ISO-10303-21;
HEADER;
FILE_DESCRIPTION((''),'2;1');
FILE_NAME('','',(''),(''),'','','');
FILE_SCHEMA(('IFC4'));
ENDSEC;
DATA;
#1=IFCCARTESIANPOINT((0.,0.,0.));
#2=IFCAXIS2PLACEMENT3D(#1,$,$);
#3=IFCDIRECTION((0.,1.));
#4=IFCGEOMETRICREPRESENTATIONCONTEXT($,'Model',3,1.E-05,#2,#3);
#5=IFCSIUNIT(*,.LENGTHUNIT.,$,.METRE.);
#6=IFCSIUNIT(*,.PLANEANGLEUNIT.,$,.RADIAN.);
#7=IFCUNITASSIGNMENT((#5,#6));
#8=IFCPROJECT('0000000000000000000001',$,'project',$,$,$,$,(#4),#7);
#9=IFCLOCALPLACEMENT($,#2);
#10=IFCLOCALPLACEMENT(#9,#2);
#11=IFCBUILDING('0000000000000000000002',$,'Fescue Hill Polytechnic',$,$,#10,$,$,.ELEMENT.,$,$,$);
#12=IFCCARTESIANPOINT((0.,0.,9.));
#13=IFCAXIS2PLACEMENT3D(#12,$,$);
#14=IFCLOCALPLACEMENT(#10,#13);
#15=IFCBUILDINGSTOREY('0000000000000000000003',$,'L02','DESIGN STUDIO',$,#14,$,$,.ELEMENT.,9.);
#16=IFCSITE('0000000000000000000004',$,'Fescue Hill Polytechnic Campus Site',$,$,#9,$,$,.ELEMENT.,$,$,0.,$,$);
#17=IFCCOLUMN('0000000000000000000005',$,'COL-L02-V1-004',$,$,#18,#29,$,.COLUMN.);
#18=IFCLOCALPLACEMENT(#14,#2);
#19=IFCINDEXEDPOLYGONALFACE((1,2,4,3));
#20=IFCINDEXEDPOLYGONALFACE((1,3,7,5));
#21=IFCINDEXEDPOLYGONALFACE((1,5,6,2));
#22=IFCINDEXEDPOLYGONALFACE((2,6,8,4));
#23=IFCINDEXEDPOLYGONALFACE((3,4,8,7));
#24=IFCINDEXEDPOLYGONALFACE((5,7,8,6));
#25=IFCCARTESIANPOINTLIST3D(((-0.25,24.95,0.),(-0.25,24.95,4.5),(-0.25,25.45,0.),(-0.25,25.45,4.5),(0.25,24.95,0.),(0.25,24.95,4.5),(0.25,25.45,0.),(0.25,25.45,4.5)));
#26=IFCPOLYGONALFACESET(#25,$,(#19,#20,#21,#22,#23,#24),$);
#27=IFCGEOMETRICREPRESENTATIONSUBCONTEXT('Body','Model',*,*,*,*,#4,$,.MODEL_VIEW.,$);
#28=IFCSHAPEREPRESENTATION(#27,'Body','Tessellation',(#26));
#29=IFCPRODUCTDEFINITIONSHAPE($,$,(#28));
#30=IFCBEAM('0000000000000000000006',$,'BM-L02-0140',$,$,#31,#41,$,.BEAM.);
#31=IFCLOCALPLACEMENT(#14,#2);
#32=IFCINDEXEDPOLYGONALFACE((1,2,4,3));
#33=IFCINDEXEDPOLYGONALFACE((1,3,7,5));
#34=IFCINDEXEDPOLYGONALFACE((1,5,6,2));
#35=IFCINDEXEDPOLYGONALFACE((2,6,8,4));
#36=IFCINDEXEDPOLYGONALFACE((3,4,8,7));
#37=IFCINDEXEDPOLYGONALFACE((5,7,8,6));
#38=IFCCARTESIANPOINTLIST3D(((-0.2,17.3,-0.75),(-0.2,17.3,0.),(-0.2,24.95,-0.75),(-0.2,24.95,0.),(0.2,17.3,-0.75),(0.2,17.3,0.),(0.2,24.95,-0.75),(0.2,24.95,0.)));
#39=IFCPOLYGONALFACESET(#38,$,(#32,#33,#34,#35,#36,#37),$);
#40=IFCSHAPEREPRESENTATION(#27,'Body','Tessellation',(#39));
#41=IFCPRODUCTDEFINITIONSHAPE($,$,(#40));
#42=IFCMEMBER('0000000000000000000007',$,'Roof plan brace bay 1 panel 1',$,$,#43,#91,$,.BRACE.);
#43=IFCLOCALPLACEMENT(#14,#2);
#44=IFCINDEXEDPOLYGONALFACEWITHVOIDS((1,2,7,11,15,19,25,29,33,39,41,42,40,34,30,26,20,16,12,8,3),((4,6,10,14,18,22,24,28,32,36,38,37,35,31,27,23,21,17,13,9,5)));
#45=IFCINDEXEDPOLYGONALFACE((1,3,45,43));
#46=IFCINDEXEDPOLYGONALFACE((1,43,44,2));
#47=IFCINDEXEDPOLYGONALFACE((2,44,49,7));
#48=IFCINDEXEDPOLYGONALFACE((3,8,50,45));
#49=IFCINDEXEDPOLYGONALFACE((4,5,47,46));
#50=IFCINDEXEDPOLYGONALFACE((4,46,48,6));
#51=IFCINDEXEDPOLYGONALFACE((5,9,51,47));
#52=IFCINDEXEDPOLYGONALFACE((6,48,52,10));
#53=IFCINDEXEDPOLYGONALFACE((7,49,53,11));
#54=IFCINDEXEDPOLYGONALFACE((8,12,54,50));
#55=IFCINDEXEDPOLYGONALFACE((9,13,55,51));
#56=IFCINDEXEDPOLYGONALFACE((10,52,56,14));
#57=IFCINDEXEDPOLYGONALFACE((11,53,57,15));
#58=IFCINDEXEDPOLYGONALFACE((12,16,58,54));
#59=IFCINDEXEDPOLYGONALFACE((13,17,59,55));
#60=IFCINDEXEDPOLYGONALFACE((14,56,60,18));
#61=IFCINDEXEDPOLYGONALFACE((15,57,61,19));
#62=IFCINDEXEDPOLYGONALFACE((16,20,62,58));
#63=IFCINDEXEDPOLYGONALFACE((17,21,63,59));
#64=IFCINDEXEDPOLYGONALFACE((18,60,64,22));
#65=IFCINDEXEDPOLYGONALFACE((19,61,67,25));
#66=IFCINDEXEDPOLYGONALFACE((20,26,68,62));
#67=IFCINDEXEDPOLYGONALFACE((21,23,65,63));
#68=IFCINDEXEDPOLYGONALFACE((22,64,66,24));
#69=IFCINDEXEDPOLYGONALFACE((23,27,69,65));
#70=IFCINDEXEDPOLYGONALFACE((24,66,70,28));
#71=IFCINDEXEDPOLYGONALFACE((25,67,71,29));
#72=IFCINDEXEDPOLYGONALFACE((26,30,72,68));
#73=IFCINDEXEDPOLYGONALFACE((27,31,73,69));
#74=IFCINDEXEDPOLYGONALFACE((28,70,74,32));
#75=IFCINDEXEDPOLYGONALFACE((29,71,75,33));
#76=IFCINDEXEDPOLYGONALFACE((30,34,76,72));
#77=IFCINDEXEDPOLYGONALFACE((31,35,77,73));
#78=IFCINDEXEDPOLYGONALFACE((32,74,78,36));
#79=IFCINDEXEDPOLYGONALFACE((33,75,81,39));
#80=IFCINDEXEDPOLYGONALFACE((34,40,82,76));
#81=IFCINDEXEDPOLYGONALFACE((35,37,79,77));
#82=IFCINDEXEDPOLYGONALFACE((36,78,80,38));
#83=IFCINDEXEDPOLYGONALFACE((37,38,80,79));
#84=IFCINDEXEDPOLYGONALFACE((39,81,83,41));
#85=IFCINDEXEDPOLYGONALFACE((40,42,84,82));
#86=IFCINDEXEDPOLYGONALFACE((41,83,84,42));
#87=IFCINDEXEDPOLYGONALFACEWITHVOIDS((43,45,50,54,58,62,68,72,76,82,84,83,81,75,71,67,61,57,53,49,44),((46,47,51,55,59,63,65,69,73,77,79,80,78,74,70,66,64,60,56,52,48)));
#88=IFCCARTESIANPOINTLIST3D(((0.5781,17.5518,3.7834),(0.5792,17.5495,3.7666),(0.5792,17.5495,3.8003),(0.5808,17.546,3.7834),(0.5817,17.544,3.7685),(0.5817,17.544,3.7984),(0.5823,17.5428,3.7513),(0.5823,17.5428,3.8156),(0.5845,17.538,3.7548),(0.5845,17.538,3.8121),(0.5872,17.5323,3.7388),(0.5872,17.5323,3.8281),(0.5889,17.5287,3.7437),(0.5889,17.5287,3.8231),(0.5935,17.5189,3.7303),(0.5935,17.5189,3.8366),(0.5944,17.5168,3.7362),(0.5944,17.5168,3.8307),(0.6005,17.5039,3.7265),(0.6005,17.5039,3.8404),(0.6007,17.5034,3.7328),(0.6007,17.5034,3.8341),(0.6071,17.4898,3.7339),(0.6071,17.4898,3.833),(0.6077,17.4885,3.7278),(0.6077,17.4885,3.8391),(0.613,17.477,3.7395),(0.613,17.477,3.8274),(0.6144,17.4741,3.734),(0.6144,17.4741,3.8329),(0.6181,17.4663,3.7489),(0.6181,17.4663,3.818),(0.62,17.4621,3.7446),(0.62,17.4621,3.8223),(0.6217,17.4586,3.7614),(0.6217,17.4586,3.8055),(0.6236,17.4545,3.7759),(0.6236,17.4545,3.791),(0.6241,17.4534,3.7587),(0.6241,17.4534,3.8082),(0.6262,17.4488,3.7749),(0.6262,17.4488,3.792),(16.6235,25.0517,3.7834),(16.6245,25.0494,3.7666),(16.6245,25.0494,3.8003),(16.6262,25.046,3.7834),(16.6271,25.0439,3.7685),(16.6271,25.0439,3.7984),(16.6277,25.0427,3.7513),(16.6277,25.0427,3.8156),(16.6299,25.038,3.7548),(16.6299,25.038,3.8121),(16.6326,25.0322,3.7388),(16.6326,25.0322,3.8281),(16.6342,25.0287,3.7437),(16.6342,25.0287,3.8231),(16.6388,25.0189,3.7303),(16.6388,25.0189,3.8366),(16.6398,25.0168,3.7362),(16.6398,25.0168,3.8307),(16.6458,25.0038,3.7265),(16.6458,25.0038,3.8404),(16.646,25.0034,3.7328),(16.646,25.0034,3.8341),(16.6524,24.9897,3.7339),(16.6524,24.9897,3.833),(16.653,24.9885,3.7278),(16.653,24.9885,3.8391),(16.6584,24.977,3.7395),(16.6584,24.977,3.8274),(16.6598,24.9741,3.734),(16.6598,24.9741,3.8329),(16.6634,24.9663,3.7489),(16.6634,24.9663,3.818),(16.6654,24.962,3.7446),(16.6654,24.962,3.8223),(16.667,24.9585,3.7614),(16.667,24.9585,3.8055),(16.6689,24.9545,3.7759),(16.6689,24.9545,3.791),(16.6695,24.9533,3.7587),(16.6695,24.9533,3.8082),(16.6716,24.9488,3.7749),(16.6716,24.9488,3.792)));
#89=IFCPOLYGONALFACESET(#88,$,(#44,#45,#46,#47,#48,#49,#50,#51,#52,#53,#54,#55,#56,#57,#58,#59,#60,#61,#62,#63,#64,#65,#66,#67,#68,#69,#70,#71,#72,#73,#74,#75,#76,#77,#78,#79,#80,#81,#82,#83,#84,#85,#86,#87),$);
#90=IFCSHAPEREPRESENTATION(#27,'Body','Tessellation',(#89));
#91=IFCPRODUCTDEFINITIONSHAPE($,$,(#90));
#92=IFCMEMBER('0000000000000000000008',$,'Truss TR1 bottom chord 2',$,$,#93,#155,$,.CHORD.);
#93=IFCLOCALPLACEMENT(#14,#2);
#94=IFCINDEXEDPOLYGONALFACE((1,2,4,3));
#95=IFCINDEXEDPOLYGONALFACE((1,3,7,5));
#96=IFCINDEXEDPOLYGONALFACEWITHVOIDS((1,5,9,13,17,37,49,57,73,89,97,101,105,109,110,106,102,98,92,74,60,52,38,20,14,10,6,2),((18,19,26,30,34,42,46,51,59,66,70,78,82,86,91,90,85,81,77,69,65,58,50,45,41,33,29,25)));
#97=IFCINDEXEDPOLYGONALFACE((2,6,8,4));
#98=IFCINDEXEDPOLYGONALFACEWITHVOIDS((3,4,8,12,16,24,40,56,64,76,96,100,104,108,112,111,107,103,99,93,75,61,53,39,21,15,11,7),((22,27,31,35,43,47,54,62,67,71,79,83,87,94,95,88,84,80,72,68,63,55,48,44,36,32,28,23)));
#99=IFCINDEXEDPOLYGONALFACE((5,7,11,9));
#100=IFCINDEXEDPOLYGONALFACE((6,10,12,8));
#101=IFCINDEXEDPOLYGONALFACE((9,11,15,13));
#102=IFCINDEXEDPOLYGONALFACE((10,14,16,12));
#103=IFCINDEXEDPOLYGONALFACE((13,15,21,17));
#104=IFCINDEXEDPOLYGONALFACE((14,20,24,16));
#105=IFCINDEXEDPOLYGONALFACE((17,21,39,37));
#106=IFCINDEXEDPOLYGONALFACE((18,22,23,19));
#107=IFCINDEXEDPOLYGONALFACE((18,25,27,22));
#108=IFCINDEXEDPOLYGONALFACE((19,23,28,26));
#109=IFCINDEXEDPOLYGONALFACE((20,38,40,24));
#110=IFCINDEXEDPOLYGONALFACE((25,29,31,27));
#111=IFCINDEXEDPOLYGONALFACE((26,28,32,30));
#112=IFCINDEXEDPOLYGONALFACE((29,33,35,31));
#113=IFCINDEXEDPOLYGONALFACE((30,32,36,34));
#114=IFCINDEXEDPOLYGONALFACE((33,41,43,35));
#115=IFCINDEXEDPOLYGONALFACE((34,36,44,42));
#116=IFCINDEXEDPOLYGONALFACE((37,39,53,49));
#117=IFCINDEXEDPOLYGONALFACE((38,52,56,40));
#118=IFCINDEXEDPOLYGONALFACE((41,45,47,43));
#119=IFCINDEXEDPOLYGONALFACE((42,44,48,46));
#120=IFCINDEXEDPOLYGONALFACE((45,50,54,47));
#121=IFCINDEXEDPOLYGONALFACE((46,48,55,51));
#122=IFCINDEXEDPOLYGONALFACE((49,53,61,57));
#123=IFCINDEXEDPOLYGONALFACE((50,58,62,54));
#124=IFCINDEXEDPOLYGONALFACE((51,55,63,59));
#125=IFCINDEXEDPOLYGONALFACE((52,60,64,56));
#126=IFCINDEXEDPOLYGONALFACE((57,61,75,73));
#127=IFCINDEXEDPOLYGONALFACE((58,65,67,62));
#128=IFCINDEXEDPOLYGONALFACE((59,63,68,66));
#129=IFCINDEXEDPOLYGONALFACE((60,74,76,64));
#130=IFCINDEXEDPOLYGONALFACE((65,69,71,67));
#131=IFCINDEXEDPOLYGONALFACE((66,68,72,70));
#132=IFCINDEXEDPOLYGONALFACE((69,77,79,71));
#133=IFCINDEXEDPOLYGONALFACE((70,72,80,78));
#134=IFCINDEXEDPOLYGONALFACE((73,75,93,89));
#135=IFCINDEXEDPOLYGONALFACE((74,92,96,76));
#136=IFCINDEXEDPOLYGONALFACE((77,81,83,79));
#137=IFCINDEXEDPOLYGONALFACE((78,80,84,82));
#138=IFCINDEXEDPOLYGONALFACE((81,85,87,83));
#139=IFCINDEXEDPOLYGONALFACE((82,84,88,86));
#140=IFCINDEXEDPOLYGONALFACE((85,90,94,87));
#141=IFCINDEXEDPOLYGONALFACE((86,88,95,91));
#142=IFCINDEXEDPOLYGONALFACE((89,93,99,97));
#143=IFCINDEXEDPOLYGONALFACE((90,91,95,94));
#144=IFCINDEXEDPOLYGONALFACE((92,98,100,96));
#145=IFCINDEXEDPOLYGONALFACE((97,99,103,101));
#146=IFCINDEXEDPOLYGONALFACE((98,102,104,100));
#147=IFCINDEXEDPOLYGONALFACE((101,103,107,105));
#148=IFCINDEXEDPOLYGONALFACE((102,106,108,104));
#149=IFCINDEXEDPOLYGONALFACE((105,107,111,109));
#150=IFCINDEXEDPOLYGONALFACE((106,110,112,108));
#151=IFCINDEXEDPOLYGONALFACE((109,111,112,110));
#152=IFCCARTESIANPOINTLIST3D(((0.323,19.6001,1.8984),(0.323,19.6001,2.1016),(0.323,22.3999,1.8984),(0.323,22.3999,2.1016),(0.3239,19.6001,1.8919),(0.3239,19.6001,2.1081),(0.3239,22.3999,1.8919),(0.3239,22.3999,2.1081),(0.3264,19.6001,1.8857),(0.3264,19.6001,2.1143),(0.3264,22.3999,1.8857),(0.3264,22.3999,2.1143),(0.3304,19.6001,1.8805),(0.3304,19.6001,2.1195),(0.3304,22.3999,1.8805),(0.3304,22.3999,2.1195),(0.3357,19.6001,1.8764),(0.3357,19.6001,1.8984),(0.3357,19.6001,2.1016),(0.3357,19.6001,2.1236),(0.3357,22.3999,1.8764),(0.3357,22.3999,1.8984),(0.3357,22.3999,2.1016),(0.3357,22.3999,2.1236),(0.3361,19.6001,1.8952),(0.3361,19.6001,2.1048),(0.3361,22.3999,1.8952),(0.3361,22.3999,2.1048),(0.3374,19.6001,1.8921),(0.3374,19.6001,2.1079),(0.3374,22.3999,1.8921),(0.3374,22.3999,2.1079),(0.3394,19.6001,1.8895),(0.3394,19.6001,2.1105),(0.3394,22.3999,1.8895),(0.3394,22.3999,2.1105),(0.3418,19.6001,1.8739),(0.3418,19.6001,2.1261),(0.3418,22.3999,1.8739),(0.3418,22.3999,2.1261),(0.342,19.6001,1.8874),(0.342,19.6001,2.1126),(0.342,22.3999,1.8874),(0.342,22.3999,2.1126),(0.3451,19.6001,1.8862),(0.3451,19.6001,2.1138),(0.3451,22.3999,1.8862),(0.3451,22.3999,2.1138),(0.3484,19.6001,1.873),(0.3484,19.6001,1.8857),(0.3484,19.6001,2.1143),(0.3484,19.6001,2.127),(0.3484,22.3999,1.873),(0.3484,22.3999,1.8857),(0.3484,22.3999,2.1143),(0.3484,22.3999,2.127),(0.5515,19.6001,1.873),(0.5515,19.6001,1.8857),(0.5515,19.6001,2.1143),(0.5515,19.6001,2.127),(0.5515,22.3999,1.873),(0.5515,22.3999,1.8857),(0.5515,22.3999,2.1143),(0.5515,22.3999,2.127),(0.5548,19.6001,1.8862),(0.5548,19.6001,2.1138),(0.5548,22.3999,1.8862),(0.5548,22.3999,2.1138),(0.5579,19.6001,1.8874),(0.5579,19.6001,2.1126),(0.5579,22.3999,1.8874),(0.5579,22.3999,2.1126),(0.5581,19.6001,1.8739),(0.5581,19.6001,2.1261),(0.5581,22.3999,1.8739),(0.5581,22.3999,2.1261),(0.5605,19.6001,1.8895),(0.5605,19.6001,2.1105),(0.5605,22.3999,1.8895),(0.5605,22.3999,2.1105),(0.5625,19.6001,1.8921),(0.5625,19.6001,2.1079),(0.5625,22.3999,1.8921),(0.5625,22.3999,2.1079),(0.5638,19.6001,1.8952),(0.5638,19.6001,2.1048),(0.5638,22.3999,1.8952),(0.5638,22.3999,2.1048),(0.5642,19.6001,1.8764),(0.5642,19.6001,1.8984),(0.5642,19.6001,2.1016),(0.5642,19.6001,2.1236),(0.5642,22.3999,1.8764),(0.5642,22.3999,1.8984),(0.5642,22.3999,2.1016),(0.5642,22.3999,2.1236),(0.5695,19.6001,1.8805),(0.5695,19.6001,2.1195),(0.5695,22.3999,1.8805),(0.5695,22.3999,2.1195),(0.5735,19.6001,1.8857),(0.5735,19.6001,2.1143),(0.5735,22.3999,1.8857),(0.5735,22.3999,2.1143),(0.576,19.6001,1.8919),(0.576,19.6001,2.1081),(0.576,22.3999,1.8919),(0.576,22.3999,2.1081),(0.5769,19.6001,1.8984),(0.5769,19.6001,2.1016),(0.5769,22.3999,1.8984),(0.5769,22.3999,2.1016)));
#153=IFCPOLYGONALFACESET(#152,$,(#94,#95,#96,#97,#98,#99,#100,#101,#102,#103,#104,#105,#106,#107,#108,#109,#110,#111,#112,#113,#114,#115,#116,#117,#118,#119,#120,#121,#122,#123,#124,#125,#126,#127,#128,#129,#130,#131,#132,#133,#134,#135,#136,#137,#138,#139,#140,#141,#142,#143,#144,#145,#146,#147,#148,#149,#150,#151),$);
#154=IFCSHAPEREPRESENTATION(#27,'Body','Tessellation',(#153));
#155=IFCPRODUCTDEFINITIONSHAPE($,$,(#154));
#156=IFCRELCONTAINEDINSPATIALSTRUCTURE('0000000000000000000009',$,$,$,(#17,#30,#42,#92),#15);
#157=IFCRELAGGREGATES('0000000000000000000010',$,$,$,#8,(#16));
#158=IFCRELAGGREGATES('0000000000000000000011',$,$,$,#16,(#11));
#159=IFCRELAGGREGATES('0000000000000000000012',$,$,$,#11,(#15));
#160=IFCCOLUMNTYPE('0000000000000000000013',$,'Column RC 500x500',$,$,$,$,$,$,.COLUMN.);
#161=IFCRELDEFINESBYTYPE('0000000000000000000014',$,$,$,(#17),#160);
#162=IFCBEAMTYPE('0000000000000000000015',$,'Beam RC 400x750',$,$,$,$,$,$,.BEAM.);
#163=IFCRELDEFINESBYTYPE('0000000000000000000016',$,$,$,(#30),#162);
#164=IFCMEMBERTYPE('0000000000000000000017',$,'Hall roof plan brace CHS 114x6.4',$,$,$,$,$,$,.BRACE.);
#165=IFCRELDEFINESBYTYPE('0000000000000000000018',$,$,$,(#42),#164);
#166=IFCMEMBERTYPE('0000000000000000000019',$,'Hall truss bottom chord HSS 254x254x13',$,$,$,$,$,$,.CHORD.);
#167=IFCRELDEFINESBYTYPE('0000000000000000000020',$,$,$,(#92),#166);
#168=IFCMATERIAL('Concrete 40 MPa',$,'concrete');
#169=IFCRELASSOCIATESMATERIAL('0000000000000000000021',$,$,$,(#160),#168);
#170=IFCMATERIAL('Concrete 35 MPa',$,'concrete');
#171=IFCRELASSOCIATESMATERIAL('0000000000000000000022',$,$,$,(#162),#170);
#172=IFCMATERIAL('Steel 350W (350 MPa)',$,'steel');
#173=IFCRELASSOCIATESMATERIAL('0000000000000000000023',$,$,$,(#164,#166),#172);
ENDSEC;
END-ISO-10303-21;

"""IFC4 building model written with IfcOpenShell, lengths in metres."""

from ifc_helpers import new_model, si_unit, direction, frame, origin, origin_2d, place, context, subcontext, project, spatial, rectangle, hollow_rectangle, hollow_circle, extrude, material, material_profile, profile_set, type_object, element, save


model = new_model("IFC4")

# Units and contexts
model_context = context("Model", 3, precision=1e-05, world=origin(), true_north=direction((0.0, 1.0)))
body_context = subcontext(model_context, "Body", "Model", "MODEL_VIEW")
ifc_project = project(units=[si_unit("LENGTHUNIT", "METRE"), si_unit("PLANEANGLEUNIT", "RADIAN")], contexts=[model_context])

# Site, building, storey
site_placement = place(None, origin())
site = spatial("IfcSite", under=ifc_project, at=site_placement, Name="Fescue Hill Polytechnic Campus Site", CompositionType="ELEMENT", RefElevation=0.0)
building_placement = place(site_placement, origin())
building = spatial("IfcBuilding", under=site, at=building_placement, Name="Fescue Hill Polytechnic", CompositionType="ELEMENT")
storey_placement = place(building_placement, frame((0.0, 0.0, 9.0)))
storey = spatial("IfcBuildingStorey", under=building, at=storey_placement, Name="L02", Description="DESIGN STUDIO", CompositionType="ELEMENT", Elevation=9.0)

# Column
ifc_material_1 = material(Name="Concrete 40 MPa", Category="concrete")
ifc_material_profile_1 = material_profile(ifc_material_1, rectangle(XDim=0.5, YDim=0.5, at=origin_2d()), Name="RC 500x500")
ifc_profile_set_1 = profile_set([ifc_material_profile_1], Name="Concrete 40 MPa")
column_type = type_object("IfcColumnType", Name="Column RC 500x500", PredefinedType="COLUMN", material=ifc_profile_set_1)
column_placement = place(storey_placement, frame((0.0, 25.2, 0.0), z_axis=(0.0, 0.0, 1.0), x_axis=(1.0, 0.0, 0.0)))
element("IfcColumn", 1, at=column_placement, inside=storey, type_object=column_type, Name="COL-L02-V1-004", PredefinedType="COLUMN", context=body_context, shape_type="SweptSolid", body=[
    extrude(rectangle(XDim=0.5, YDim=0.5, at=origin_2d()), origin(), (0.0, 0.0, 1.0), 4.5),
])

# Beam
ifc_material_2 = material(Name="Concrete 35 MPa", Category="concrete")
ifc_material_profile_2 = material_profile(ifc_material_2, rectangle(XDim=0.3999, YDim=0.75, at=origin_2d()), Name="RC 400x750")
ifc_profile_set_2 = profile_set([ifc_material_profile_2], Name="Concrete 35 MPa")
beam_type_1 = type_object("IfcBeamType", Name="Beam RC 400x750", PredefinedType="BEAM", material=ifc_profile_set_2)
beam_1_placement = place(storey_placement, frame((0.0, 24.95, -0.375), z_axis=(0.0, -1.0, 0.0), x_axis=(1.0, 0.0, 0.0)))
element("IfcBeam", 2, at=beam_1_placement, inside=storey, type_object=beam_type_1, Name="BM-L02-0140", PredefinedType="BEAM", context=body_context, shape_type="SweptSolid", body=[
    extrude(rectangle(XDim=0.3999, YDim=0.75, at=origin_2d()), origin(), (0.0, 0.0, 1.0), 7.6499),
])

# Members
ifc_material_3 = material(Name="Steel 350W (350 MPa)", Category="steel")
ifc_material_profile_3 = material_profile(ifc_material_3, hollow_circle(Radius=0.0571, WallThickness=0.0063, at=origin_2d()), Name="Hall roof plan brace CHS 114x6.4")
ifc_profile_set_3 = profile_set([ifc_material_profile_3], Name="Steel 350W (350 MPa)")
member_type_1 = type_object("IfcMemberType", Name="Hall roof plan brace CHS 114x6.4", PredefinedType="BRACE", material=ifc_profile_set_3)
member_1_placement = place(storey_placement, frame((0.6023, 17.5, 3.7834), z_axis=(0.90592, 0.423448, 0.0), x_axis=(-0.423448, 0.90592, 0.0)))
element("IfcMember", 3, at=member_1_placement, inside=storey, type_object=member_type_1, Name="Roof plan brace bay 1 panel 1", PredefinedType="BRACE", context=body_context, shape_type="SweptSolid", body=[
    extrude(hollow_circle(Radius=0.0571, WallThickness=0.0063, at=origin_2d()), origin(), (0.0, 0.0, 1.0), 17.7117),
])
ifc_material_profile_4 = material_profile(ifc_material_3, hollow_rectangle(XDim=0.2539, YDim=0.2539, WallThickness=0.0127, InnerFilletRadius=0.0127, OuterFilletRadius=0.0254, at=origin_2d()), Name="Hall truss bottom chord HSS 254x254x13")
ifc_profile_set_4 = profile_set([ifc_material_profile_4], Name="Steel 350W (350 MPa)")
member_type_2 = type_object("IfcMemberType", Name="Hall truss bottom chord HSS 254x254x13", PredefinedType="CHORD", material=ifc_profile_set_4)
member_2_placement = place(storey_placement, frame((0.45, 19.6001, 2.0), z_axis=(0.0, 1.0, 0.0), x_axis=(-1.0, 0.0, 0.0)))
element("IfcMember", 4, at=member_2_placement, inside=storey, type_object=member_type_2, Name="Truss TR1 bottom chord 2", PredefinedType="CHORD", context=body_context, shape_type="SweptSolid", body=[
    extrude(hollow_rectangle(XDim=0.2539, YDim=0.2539, WallThickness=0.0127, InnerFilletRadius=0.0127, OuterFilletRadius=0.0254, at=origin_2d()), origin(), (0.0, 0.0, 1.0), 2.7998),
])

save(model, "model.ifc")
